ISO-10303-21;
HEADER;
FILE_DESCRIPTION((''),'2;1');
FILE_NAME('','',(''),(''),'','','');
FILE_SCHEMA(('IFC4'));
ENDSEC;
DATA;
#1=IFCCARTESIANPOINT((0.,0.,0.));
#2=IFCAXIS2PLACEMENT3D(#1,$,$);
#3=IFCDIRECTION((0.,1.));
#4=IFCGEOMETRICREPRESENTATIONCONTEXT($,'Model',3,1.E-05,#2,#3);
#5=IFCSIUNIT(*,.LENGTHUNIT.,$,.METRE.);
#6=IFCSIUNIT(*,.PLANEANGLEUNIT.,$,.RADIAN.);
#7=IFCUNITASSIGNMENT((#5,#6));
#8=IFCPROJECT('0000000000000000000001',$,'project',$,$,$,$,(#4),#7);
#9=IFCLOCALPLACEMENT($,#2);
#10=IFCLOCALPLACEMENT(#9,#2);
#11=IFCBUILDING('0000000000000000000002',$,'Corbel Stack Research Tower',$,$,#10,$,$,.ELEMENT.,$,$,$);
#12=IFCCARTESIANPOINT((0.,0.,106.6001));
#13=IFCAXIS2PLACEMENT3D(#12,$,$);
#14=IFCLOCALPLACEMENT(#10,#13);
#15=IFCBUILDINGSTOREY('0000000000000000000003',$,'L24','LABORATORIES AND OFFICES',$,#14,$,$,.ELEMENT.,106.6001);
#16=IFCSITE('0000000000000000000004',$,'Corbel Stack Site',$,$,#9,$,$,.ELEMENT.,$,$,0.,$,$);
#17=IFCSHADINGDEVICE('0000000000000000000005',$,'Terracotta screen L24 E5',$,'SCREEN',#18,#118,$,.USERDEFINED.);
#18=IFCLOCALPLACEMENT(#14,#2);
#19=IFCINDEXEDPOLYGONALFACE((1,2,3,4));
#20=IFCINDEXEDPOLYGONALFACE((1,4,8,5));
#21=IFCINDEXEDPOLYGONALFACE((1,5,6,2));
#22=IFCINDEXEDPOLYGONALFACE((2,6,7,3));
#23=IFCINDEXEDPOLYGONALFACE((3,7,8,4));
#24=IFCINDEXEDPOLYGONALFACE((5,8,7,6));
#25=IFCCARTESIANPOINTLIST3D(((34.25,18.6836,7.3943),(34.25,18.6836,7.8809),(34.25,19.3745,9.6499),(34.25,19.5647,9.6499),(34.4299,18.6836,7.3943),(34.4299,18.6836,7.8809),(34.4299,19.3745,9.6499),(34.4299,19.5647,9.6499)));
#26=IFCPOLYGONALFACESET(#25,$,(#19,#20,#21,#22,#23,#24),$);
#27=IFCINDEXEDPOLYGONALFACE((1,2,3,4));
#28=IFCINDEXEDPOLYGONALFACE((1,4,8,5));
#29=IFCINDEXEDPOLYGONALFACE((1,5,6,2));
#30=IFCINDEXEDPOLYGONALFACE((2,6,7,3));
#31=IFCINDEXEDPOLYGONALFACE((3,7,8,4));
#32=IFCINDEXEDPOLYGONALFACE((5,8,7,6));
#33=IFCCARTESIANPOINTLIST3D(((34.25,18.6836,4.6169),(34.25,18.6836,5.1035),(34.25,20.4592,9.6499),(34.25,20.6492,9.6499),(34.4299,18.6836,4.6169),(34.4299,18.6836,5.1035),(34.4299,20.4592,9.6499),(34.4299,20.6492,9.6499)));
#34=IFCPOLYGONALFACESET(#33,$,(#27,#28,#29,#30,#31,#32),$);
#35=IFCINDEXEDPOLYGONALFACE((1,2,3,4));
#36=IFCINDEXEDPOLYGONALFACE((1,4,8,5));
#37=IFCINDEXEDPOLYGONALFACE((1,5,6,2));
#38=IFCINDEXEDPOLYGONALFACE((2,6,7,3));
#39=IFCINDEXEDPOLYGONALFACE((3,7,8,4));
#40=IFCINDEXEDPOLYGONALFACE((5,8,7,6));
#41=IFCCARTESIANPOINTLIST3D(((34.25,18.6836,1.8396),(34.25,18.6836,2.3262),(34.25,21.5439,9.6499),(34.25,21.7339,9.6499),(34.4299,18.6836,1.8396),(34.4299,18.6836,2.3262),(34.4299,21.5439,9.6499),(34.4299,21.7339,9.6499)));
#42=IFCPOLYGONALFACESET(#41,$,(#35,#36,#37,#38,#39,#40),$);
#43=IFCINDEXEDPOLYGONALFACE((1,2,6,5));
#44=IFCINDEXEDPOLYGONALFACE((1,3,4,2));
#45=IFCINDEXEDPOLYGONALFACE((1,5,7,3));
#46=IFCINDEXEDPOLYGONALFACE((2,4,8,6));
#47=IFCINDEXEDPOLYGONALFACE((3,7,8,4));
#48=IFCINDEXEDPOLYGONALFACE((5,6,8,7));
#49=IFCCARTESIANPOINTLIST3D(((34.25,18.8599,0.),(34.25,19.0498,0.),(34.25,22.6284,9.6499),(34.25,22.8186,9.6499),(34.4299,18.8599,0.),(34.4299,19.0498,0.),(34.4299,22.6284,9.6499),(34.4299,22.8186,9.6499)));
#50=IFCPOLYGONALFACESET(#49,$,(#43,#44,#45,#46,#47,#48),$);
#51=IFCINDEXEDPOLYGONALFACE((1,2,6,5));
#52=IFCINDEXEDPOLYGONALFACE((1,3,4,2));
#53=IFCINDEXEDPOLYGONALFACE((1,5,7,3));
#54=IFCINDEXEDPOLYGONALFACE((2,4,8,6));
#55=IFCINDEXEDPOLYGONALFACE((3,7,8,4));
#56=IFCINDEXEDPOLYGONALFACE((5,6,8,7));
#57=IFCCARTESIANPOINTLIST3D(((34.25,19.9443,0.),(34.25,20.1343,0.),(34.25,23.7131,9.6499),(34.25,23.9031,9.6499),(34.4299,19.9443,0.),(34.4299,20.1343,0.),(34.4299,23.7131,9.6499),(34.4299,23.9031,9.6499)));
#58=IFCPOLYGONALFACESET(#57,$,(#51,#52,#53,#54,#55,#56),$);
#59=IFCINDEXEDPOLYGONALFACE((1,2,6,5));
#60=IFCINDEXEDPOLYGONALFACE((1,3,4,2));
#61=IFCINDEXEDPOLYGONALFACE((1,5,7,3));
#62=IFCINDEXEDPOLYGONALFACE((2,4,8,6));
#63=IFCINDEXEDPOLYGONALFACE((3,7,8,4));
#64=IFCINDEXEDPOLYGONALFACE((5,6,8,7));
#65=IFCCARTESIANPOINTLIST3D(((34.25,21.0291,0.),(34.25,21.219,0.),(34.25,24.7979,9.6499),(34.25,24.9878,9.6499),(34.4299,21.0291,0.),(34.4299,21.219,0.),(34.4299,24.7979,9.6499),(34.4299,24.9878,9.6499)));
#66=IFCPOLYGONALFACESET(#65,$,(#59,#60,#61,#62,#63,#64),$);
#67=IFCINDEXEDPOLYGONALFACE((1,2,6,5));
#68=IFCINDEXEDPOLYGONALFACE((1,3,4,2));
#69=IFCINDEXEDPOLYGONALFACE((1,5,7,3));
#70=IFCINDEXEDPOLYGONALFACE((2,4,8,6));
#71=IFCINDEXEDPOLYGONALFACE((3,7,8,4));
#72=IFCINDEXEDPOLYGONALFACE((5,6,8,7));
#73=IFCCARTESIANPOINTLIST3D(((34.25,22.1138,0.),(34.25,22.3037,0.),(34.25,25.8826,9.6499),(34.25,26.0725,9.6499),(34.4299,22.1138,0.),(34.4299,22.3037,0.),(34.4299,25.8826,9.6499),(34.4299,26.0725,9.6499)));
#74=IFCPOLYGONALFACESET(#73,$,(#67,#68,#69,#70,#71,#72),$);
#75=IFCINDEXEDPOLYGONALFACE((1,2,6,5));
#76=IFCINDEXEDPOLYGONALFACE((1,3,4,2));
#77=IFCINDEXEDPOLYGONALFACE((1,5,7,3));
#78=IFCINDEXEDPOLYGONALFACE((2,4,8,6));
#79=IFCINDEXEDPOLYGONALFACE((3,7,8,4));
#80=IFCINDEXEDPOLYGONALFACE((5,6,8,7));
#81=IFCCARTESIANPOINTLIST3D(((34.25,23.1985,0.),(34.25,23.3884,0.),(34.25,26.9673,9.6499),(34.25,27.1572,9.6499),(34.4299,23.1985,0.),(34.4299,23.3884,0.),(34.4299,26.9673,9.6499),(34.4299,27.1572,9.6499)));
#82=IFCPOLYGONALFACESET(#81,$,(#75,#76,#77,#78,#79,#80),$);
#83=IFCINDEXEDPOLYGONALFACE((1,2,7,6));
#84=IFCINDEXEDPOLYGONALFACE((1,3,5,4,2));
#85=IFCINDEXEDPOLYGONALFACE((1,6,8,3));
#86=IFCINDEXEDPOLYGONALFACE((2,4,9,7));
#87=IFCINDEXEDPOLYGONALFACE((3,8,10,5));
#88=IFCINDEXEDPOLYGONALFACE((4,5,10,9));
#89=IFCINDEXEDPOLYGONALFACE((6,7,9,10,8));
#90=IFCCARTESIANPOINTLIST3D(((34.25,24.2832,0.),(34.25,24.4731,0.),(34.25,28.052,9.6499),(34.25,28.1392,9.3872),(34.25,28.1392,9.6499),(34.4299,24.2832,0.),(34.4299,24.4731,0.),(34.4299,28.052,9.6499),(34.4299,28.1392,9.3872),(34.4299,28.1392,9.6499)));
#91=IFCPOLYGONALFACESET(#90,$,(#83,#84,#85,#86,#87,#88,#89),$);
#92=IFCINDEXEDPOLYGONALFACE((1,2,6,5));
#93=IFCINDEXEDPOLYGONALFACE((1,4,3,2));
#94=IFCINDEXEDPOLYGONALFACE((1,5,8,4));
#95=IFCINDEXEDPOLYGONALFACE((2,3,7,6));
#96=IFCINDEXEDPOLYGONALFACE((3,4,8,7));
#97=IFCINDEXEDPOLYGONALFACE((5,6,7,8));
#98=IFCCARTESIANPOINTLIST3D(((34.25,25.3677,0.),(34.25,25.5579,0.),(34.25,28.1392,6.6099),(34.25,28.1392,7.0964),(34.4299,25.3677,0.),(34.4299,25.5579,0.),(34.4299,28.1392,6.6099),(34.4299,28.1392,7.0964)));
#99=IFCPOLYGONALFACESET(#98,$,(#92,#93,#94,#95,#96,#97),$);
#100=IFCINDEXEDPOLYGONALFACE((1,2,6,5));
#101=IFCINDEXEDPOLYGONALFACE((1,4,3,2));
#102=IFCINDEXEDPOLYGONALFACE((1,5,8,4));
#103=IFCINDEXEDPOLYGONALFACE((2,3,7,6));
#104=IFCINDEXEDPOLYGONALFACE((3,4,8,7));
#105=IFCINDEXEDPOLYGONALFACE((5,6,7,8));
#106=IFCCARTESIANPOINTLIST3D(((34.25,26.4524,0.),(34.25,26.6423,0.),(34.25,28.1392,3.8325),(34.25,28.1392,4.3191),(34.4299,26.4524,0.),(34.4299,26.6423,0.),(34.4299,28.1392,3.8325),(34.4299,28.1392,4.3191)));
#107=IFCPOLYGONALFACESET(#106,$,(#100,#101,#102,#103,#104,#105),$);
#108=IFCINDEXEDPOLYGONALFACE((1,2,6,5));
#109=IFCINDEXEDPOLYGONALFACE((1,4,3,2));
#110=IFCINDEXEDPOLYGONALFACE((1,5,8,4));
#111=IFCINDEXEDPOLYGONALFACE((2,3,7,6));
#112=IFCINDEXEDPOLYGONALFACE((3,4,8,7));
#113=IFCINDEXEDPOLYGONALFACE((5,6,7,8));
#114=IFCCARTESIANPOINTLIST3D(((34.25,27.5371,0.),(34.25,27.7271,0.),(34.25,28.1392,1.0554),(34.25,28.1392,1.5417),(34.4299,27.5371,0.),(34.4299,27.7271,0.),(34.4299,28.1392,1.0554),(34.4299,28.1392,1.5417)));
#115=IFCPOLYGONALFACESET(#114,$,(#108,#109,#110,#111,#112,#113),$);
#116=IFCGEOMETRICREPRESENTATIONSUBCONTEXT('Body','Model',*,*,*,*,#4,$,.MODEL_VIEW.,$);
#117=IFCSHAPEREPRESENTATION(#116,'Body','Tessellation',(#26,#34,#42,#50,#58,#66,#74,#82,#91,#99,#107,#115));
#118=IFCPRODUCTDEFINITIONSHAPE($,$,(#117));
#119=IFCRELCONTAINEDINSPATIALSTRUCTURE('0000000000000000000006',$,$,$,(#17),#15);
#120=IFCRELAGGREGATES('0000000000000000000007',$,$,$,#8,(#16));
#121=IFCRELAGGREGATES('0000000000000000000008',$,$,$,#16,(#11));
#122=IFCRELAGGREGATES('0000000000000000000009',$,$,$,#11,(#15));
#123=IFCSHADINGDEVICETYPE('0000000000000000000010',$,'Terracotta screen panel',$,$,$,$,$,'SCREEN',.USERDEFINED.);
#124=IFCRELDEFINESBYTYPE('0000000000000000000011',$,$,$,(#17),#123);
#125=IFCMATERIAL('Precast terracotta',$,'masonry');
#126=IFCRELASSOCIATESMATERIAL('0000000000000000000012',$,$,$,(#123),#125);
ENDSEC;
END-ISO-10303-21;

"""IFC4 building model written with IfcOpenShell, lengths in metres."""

from ifc_helpers import new_model, si_unit, direction, frame, origin, place, context, subcontext, project, spatial, polyline, outline, extrude, source, transform, mapped, material, type_object, element, save


model = new_model("IFC4")

# Units and contexts
model_context = context("Model", 3, precision=1e-05, world=origin(), true_north=direction((0.0, 1.0)))
body_context = subcontext(model_context, "Body", "Model", "MODEL_VIEW")
ifc_project = project(units=[si_unit("LENGTHUNIT", "METRE"), si_unit("PLANEANGLEUNIT", "RADIAN")], contexts=[model_context])

# Site, building, storey
site_placement = place(None, origin())
site = spatial("IfcSite", under=ifc_project, at=site_placement, Name="Corbel Stack Site", CompositionType="ELEMENT", RefElevation=0.0)
building_placement = place(site_placement, origin())
building = spatial("IfcBuilding", under=site, at=building_placement, Name="Corbel Stack Research Tower", CompositionType="ELEMENT")
storey_placement = place(building_placement, frame((0.0, 0.0, 106.6001)))
storey = spatial("IfcBuildingStorey", under=building, at=storey_placement, Name="L24", Description="LABORATORIES AND OFFICES", CompositionType="ELEMENT", Elevation=106.6001)

# Shading device
ifc_material_1 = material(Name="Precast terracotta", Category="masonry")
shading_device_type = type_object("IfcShadingDeviceType", Name="Terracotta screen panel", ElementType="SCREEN", PredefinedType="USERDEFINED", material=ifc_material_1)
shared_shape_1 = source(origin(), body_context, "Body", "SweptSolid", [
    extrude(outline(polyline([(0.8811, 9.6499), (0.6909, 9.6499), (0.0, 7.8809), (0.0, 7.3943), (0.8811, 9.6499)])), frame((0.0, 0.0, 0.0), z_axis=(0.0, -1.0, 0.0), x_axis=(1.0, 0.0, 0.0)), (0.0, 0.0, 1.0), 0.1799),
    extrude(outline(polyline([(1.9656, 9.6499), (1.7756, 9.6499), (0.0, 5.1035), (0.0, 4.6169), (1.9656, 9.6499)])), frame((0.0, 0.0, 0.0), z_axis=(0.0, -1.0, 0.0), x_axis=(1.0, 0.0, 0.0)), (0.0, 0.0, 1.0), 0.1799),
    extrude(outline(polyline([(3.0503, 9.6499), (2.8604, 9.6499), (0.0, 2.3262), (0.0, 1.8396), (3.0503, 9.6499)])), frame((0.0, 0.0, 0.0), z_axis=(0.0, -1.0, 0.0), x_axis=(1.0, 0.0, 0.0)), (0.0, 0.0, 1.0), 0.1799),
    extrude(outline(polyline([(0.3662, 0.0), (4.135, 9.6499), (3.9448, 9.6499), (0.1763, 0.0), (0.3662, 0.0)])), frame((0.0, 0.0, 0.0), z_axis=(0.0, -1.0, 0.0), x_axis=(1.0, 0.0, 0.0)), (0.0, 0.0, 1.0), 0.1799),
    extrude(outline(polyline([(1.4507, 0.0), (5.2195, 9.6499), (5.0295, 9.6499), (1.2607, 0.0), (1.4507, 0.0)])), frame((0.0, 0.0, 0.0), z_axis=(0.0, -1.0, 0.0), x_axis=(1.0, 0.0, 0.0)), (0.0, 0.0, 1.0), 0.1799),
    extrude(outline(polyline([(2.5354, 0.0), (6.3042, 9.6499), (6.1143, 9.6499), (2.3455, 0.0), (2.5354, 0.0)])), frame((0.0, 0.0, 0.0), z_axis=(0.0, -1.0, 0.0), x_axis=(1.0, 0.0, 0.0)), (0.0, 0.0, 1.0), 0.1799),
    extrude(outline(polyline([(3.6201, 0.0), (7.3889, 9.6499), (7.199, 9.6499), (3.4302, 0.0), (3.6201, 0.0)])), frame((0.0, 0.0, 0.0), z_axis=(0.0, -1.0, 0.0), x_axis=(1.0, 0.0, 0.0)), (0.0, 0.0, 1.0), 0.1799),
    extrude(outline(polyline([(4.7048, 0.0), (8.4736, 9.6499), (8.2837, 9.6499), (4.5149, 0.0), (4.7048, 0.0)])), frame((0.0, 0.0, 0.0), z_axis=(0.0, -1.0, 0.0), x_axis=(1.0, 0.0, 0.0)), (0.0, 0.0, 1.0), 0.1799),
    extrude(outline(polyline([(5.7896, 0.0), (9.4556, 9.3872), (9.4556, 9.6499), (9.3684, 9.6499), (5.5996, 0.0), (5.7896, 0.0)])), frame((0.0, 0.0, 0.0), z_axis=(0.0, -1.0, 0.0), x_axis=(1.0, 0.0, 0.0)), (0.0, 0.0, 1.0), 0.1799),
    extrude(outline(polyline([(6.8743, 0.0), (9.4556, 6.6099), (9.4556, 7.0964), (6.6841, 0.0), (6.8743, 0.0)])), frame((0.0, 0.0, 0.0), z_axis=(0.0, -1.0, 0.0), x_axis=(1.0, 0.0, 0.0)), (0.0, 0.0, 1.0), 0.1799),
    extrude(outline(polyline([(7.9587, 0.0), (9.4556, 3.8325), (9.4556, 4.3191), (7.7688, 0.0), (7.9587, 0.0)])), frame((0.0, 0.0, 0.0), z_axis=(0.0, -1.0, 0.0), x_axis=(1.0, 0.0, 0.0)), (0.0, 0.0, 1.0), 0.1799),
    extrude(outline(polyline([(9.0435, 0.0), (9.4556, 1.0554), (9.4556, 1.5417), (8.8535, 0.0), (9.0435, 0.0)])), frame((0.0, 0.0, 0.0), z_axis=(0.0, -1.0, 0.0), x_axis=(1.0, 0.0, 0.0)), (0.0, 0.0, 1.0), 0.1799),
])
shading_device_1_placement = place(storey_placement, frame((34.25, 18.6836, 0.0), z_axis=(0.0, 0.0, 1.0), x_axis=(0.0, 1.0, 0.0)))
element("IfcShadingDevice", 1, at=shading_device_1_placement, inside=storey, type_object=shading_device_type, Name="Terracotta screen L24 E5", ObjectType="SCREEN", PredefinedType="USERDEFINED", context=body_context, shape_type="MappedRepresentation", body=[
    mapped(shared_shape_1, transform((0.0, 0.0, 0.0))),
])

save(model, "model.ifc")
